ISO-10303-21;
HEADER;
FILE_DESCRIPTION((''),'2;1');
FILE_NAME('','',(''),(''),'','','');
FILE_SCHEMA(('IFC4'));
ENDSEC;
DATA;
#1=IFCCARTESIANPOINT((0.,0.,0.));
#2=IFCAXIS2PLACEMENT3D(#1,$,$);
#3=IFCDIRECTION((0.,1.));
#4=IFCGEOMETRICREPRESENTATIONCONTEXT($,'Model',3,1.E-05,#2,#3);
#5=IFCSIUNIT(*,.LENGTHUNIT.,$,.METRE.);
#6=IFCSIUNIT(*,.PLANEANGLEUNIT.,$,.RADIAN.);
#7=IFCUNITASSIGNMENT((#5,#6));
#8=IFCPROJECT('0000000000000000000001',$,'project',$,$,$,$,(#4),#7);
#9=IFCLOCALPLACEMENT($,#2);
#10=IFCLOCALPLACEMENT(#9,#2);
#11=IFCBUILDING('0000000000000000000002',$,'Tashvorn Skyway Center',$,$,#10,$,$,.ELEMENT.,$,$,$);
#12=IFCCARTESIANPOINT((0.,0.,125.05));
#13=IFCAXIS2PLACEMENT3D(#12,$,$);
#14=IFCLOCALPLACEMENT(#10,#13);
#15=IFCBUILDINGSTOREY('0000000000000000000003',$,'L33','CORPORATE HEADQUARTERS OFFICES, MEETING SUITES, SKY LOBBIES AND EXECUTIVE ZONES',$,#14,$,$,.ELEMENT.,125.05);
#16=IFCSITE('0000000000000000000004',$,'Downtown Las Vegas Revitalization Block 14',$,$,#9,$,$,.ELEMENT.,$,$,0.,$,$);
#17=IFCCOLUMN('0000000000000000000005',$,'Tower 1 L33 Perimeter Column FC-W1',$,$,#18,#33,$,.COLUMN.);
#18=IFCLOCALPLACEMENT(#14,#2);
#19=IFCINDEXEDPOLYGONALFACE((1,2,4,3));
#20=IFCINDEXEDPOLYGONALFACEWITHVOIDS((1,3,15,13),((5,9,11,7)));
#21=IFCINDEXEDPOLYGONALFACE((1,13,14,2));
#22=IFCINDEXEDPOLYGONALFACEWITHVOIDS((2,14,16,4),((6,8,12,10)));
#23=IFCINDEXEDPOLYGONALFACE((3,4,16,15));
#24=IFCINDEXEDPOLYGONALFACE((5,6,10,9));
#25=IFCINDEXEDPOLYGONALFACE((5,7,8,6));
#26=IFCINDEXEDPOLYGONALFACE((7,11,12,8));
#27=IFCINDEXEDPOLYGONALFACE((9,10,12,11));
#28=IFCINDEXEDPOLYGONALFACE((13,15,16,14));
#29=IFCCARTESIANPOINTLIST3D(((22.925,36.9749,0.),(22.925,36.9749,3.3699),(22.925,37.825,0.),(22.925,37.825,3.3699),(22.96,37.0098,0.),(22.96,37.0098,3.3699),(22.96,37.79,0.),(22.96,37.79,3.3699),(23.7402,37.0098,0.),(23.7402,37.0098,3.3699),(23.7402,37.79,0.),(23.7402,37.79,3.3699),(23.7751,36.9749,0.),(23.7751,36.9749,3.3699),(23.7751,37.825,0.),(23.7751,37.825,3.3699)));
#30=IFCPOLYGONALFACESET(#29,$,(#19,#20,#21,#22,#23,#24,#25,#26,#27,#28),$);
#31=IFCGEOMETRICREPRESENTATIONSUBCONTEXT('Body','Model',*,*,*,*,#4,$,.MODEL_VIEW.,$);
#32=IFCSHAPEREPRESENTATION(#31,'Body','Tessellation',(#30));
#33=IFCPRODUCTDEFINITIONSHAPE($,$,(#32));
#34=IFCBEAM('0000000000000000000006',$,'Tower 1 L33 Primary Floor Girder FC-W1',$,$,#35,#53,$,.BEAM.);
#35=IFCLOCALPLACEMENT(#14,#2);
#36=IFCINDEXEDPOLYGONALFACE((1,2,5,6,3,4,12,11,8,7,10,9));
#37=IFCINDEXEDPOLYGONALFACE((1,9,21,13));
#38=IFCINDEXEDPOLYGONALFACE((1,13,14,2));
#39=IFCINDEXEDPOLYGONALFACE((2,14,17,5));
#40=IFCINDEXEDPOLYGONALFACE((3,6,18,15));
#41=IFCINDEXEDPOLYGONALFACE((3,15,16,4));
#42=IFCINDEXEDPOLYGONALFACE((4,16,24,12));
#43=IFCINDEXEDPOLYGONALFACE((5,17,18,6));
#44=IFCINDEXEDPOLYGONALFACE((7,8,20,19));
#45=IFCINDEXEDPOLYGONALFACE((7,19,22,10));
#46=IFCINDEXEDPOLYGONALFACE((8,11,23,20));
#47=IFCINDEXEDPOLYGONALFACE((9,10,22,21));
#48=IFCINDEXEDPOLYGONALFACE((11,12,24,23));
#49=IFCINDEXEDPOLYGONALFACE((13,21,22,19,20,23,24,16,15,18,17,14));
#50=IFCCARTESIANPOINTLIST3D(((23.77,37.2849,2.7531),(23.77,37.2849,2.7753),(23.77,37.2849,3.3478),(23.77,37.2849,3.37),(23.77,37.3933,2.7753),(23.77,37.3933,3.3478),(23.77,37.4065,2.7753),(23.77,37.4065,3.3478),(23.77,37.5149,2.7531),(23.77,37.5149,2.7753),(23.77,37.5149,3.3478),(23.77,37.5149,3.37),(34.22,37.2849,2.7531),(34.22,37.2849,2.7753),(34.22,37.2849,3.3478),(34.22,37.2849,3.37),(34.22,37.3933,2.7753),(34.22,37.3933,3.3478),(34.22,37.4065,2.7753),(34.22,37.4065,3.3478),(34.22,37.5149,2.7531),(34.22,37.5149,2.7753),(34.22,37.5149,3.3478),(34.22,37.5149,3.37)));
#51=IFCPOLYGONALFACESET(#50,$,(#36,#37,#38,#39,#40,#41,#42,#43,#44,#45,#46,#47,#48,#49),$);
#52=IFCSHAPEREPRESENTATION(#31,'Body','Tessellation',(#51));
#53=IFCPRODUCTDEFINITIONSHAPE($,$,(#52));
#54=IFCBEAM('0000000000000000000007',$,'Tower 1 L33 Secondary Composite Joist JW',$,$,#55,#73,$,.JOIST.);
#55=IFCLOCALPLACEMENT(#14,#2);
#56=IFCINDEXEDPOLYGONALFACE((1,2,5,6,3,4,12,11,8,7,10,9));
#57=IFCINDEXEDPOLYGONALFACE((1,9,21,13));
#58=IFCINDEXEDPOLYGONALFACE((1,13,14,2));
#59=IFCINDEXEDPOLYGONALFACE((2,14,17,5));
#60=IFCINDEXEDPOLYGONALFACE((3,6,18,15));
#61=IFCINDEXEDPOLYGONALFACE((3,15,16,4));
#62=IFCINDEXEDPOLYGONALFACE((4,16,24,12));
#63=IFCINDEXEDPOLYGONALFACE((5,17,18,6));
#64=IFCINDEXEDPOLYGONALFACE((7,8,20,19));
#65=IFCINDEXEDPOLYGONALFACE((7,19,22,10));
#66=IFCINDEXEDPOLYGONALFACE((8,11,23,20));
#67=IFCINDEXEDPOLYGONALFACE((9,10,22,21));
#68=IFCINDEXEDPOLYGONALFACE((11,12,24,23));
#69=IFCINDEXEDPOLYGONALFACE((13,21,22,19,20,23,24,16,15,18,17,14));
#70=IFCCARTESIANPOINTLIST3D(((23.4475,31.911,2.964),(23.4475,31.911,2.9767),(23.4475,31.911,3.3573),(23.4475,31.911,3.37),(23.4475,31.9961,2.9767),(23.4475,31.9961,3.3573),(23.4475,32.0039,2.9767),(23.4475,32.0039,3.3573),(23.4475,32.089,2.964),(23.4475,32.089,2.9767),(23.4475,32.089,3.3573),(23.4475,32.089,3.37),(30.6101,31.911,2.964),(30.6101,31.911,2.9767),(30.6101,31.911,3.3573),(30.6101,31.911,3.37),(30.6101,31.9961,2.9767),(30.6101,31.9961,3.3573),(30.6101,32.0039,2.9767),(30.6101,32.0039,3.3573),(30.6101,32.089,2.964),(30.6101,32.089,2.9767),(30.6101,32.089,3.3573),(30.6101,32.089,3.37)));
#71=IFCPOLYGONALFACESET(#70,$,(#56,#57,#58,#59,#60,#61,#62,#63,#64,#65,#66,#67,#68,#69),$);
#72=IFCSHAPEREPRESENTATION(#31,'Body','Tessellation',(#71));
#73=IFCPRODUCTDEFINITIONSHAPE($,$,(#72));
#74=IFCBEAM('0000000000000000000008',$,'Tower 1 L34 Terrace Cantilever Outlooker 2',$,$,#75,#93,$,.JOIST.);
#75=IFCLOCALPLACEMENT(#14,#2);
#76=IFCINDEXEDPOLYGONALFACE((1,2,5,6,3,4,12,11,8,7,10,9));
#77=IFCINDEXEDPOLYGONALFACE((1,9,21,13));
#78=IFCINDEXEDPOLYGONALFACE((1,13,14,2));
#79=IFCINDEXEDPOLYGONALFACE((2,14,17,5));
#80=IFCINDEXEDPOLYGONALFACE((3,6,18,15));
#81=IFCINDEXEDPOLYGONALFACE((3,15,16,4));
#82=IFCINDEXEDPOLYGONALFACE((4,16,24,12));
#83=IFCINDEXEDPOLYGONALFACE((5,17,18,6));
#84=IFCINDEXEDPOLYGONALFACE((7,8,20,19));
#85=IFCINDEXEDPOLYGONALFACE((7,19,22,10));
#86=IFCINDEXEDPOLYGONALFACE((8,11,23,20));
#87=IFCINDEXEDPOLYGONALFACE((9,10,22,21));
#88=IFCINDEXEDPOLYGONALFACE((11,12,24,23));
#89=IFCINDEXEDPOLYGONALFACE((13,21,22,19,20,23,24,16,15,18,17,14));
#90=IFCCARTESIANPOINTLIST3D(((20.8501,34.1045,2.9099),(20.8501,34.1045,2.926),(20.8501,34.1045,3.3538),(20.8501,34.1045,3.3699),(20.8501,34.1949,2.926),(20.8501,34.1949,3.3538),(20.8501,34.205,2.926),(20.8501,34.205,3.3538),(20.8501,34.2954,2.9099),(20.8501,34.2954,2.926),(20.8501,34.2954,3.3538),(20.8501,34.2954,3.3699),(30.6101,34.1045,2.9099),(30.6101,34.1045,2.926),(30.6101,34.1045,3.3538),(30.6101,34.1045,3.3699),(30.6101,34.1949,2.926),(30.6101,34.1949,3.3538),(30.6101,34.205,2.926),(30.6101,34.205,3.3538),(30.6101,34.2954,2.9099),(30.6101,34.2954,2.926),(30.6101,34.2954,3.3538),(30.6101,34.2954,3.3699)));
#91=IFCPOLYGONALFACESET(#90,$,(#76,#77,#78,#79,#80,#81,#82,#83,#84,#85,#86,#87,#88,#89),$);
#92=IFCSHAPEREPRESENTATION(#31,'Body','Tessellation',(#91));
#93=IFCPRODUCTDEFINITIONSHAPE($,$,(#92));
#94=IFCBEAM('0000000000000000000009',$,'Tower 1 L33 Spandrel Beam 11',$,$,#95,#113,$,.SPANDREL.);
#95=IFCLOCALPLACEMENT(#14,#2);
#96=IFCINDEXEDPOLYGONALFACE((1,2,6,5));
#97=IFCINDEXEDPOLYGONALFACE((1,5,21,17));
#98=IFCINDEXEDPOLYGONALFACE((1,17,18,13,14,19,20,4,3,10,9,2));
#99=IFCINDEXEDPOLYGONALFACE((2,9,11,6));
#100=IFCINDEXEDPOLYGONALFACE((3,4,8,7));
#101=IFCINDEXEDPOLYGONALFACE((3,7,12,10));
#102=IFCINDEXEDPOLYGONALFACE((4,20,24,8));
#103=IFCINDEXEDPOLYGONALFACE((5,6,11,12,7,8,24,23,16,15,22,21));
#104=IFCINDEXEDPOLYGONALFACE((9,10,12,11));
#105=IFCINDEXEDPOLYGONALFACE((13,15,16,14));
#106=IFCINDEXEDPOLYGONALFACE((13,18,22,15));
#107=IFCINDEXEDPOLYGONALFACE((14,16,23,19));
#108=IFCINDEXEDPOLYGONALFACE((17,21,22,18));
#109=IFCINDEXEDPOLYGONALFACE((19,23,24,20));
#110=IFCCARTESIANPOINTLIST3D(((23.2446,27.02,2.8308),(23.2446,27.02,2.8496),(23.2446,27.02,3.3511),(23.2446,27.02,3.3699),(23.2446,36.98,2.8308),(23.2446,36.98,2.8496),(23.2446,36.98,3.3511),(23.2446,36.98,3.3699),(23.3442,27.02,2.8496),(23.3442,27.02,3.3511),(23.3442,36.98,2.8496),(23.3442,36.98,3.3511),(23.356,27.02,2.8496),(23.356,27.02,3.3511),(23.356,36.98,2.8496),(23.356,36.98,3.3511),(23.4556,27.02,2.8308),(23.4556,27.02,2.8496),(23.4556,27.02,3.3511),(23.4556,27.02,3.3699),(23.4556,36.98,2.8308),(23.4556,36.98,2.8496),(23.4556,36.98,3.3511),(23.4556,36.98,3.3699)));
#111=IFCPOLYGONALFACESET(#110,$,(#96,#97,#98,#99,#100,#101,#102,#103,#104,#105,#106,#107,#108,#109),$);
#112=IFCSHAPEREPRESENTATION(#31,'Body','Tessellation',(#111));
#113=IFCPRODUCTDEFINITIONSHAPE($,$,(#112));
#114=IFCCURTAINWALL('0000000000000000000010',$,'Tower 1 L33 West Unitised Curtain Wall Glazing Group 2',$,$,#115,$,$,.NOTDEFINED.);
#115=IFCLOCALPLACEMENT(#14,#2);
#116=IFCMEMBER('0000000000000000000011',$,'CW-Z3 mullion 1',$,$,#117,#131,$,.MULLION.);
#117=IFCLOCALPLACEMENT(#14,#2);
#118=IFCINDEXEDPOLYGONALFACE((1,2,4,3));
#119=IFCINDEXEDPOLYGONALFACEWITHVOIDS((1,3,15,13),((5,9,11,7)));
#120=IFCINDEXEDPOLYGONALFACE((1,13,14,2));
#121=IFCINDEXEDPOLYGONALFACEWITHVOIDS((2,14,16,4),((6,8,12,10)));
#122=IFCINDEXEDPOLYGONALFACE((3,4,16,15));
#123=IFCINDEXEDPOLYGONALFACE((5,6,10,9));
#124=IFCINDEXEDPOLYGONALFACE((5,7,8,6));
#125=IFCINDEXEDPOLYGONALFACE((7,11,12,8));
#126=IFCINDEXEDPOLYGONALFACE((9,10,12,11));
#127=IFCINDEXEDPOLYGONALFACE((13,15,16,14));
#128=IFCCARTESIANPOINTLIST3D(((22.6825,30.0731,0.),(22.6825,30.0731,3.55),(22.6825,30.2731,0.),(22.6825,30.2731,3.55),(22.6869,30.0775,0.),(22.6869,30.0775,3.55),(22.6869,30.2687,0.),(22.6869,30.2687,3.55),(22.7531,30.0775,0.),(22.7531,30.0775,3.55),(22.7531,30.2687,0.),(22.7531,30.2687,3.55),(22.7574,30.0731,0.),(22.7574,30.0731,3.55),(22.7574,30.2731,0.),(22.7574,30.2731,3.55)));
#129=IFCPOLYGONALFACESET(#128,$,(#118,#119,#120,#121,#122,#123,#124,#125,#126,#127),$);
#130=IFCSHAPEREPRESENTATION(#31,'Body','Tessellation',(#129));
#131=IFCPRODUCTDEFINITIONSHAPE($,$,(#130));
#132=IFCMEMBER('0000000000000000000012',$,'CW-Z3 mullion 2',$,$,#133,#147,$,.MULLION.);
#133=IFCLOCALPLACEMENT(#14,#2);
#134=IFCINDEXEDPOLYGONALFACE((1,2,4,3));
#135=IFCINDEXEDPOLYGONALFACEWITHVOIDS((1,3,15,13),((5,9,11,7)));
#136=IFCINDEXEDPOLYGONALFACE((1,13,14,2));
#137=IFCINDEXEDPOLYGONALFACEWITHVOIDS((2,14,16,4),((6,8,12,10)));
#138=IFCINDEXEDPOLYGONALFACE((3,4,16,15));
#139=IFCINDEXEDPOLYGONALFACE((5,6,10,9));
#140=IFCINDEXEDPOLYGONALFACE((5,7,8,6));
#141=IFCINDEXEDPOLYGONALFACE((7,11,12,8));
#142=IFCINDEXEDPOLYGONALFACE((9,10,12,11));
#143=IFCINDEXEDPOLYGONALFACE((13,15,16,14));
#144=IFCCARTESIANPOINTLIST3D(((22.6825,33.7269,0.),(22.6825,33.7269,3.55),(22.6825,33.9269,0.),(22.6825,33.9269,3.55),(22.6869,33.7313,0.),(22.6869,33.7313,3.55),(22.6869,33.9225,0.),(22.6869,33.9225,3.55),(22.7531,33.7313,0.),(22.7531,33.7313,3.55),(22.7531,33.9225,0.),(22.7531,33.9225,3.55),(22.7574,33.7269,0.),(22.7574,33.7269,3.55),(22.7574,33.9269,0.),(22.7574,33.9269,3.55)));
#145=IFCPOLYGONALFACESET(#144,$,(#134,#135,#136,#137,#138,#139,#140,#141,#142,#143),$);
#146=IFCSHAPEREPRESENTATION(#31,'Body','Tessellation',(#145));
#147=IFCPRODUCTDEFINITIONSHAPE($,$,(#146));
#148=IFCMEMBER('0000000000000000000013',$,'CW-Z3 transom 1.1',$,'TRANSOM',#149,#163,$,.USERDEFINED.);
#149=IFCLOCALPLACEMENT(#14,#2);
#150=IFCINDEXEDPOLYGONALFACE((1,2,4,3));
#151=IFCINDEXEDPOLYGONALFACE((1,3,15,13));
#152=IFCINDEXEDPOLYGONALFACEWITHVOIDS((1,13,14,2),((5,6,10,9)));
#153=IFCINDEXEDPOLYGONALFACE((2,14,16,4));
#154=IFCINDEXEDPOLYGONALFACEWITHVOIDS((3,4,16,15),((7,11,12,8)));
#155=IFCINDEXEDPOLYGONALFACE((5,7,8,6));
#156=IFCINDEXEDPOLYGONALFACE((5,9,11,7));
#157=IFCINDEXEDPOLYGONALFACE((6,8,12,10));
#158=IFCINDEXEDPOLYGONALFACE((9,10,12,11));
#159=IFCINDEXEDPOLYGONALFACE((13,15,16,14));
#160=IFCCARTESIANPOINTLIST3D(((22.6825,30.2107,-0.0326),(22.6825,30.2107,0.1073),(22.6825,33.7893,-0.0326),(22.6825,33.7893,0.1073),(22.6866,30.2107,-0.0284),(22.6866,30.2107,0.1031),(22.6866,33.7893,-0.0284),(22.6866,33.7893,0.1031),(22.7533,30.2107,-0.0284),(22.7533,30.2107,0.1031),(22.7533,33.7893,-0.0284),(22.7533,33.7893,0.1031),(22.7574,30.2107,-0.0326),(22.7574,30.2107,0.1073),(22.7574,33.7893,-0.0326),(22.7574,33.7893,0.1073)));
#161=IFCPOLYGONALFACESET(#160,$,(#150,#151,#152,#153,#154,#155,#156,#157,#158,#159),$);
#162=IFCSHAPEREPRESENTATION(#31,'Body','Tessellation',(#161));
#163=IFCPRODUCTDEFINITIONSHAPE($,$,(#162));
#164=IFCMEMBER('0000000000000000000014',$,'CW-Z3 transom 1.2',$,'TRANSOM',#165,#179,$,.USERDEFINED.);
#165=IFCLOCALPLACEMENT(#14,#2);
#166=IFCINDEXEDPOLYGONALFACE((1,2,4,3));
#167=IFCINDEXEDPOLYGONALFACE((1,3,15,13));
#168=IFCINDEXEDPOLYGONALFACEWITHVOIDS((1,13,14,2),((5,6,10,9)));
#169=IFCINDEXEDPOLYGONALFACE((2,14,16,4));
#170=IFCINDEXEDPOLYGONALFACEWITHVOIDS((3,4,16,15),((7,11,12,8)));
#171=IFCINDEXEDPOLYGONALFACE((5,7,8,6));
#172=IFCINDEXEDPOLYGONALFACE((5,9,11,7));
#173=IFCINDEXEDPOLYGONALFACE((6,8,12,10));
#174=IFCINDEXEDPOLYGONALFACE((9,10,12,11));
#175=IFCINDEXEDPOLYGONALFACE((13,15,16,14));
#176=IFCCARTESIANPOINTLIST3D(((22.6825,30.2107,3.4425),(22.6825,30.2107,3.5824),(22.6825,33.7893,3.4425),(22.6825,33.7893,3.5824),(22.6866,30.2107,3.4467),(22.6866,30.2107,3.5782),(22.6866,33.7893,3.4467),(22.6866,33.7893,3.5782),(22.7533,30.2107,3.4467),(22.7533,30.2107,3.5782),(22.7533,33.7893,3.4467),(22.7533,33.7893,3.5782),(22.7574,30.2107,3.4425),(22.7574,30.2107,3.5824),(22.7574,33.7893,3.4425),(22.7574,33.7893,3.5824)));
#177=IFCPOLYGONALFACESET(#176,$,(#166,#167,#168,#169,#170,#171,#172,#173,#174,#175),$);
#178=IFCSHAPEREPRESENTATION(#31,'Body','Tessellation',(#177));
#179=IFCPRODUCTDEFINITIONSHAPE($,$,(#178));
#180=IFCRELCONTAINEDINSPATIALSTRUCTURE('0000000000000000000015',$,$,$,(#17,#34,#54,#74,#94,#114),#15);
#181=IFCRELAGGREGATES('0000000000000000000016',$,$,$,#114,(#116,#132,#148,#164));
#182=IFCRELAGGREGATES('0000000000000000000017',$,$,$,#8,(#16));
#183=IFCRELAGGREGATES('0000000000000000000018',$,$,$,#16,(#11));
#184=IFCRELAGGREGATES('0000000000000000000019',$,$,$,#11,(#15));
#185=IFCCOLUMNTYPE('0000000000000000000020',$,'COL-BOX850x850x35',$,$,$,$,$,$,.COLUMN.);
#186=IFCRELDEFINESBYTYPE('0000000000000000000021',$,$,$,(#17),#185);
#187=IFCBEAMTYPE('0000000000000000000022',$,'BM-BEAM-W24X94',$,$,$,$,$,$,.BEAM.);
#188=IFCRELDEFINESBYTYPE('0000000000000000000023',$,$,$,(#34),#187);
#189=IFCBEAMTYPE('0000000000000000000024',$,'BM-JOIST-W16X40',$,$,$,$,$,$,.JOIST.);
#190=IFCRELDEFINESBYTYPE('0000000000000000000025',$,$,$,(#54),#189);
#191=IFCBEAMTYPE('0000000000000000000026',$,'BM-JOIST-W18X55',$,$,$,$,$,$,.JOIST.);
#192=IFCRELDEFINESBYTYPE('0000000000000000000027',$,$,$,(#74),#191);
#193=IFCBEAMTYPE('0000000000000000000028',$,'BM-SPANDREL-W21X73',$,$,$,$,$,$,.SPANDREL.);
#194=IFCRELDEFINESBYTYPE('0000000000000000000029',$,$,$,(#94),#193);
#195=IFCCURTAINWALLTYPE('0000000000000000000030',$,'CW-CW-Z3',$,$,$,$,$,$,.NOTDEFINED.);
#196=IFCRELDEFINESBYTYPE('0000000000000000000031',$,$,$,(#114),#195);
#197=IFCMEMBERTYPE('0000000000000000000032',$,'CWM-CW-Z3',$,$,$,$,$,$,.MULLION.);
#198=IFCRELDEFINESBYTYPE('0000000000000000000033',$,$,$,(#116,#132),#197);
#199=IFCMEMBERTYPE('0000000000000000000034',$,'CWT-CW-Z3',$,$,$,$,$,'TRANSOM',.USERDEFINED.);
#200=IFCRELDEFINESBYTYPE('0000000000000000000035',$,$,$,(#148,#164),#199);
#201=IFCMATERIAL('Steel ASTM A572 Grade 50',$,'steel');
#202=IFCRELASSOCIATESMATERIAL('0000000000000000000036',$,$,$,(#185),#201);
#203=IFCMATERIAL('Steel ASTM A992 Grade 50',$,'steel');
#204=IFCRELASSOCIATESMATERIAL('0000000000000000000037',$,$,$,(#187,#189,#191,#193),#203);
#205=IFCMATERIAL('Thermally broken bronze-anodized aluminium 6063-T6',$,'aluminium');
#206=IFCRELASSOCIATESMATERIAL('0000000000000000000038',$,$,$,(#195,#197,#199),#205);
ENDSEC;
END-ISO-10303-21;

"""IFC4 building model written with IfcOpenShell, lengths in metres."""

from ifc_helpers import new_model, si_unit, direction, frame, origin, origin_2d, place, context, subcontext, project, spatial, hollow_rectangle, i_section, extrude, material, material_profile, profile_set, type_object, element, aggregate, save


model = new_model("IFC4")

# Units and contexts
model_context = context("Model", 3, precision=1e-05, world=origin(), true_north=direction((0.0, 1.0)))
body_context = subcontext(model_context, "Body", "Model", "MODEL_VIEW")
ifc_project = project(units=[si_unit("LENGTHUNIT", "METRE"), si_unit("PLANEANGLEUNIT", "RADIAN")], contexts=[model_context])

# Site, building, storey
site_placement = place(None, origin())
site = spatial("IfcSite", under=ifc_project, at=site_placement, Name="Downtown Las Vegas Revitalization Block 14", CompositionType="ELEMENT", RefElevation=0.0)
building_placement = place(site_placement, origin())
building = spatial("IfcBuilding", under=site, at=building_placement, Name="Tashvorn Skyway Center", CompositionType="ELEMENT")
storey_placement = place(building_placement, frame((0.0, 0.0, 125.05)))
storey = spatial("IfcBuildingStorey", under=building, at=storey_placement, Name="L33", Description="CORPORATE HEADQUARTERS OFFICES, MEETING SUITES, SKY LOBBIES AND EXECUTIVE ZONES", CompositionType="ELEMENT", Elevation=125.05)

# Column
ifc_material_1 = material(Name="Steel ASTM A572 Grade 50", Category="steel")
ifc_material_profile_1 = material_profile(ifc_material_1, hollow_rectangle(XDim=0.8501, YDim=0.8501, WallThickness=0.0349, at=origin_2d()), Name="BOX850x850x35")
ifc_profile_set_1 = profile_set([ifc_material_profile_1], Name="Steel ASTM A572 Grade 50")
column_type = type_object("IfcColumnType", Name="COL-BOX850x850x35", PredefinedType="COLUMN", material=ifc_profile_set_1)
column_placement = place(storey_placement, frame((23.3501, 37.3999, 0.0), z_axis=(0.0, 0.0, 1.0), x_axis=(1.0, 0.0, 0.0)))
element("IfcColumn", 1, at=column_placement, inside=storey, type_object=column_type, Name="Tower 1 L33 Perimeter Column FC-W1", PredefinedType="COLUMN", context=body_context, shape_type="SweptSolid", body=[
    extrude(hollow_rectangle(XDim=0.8501, YDim=0.8501, WallThickness=0.0349, at=origin_2d()), origin(), (0.0, 0.0, 1.0), 3.3699),
])

# Beams
ifc_material_2 = material(Name="Steel ASTM A992 Grade 50", Category="steel")
ifc_material_profile_2 = material_profile(ifc_material_2, i_section(OverallWidth=0.23, OverallDepth=0.6169, WebThickness=0.0132, FlangeThickness=0.0222, at=origin_2d()), Name="W24X94")
ifc_profile_set_2 = profile_set([ifc_material_profile_2], Name="Steel ASTM A992 Grade 50")
beam_type_1 = type_object("IfcBeamType", Name="BM-BEAM-W24X94", PredefinedType="BEAM", material=ifc_profile_set_2)
beam_1_placement = place(storey_placement, frame((23.77, 37.3999, 3.0615), z_axis=(1.0, 0.0, 0.0), x_axis=(0.0, 1.0, 0.0)))
element("IfcBeam", 2, at=beam_1_placement, inside=storey, type_object=beam_type_1, Name="Tower 1 L33 Primary Floor Girder FC-W1", PredefinedType="BEAM", context=body_context, shape_type="SweptSolid", body=[
    extrude(i_section(OverallWidth=0.23, OverallDepth=0.6169, WebThickness=0.0132, FlangeThickness=0.0222, at=origin_2d()), origin(), (0.0, 0.0, 1.0), 10.45),
])
ifc_material_profile_3 = material_profile(ifc_material_2, i_section(OverallWidth=0.178, OverallDepth=0.406, WebThickness=0.0078, FlangeThickness=0.0127, at=origin_2d()), Name="W16X40")
ifc_profile_set_3 = profile_set([ifc_material_profile_3], Name="Steel ASTM A992 Grade 50")
beam_type_2 = type_object("IfcBeamType", Name="BM-JOIST-W16X40", PredefinedType="JOIST", material=ifc_profile_set_3)
beam_2_placement = place(storey_placement, frame((30.6101, 32.0, 3.167), z_axis=(-1.0, 0.0, 0.0), x_axis=(0.0, -1.0, 0.0)))
element("IfcBeam", 3, at=beam_2_placement, inside=storey, type_object=beam_type_2, Name="Tower 1 L33 Secondary Composite Joist JW", PredefinedType="JOIST", context=body_context, shape_type="SweptSolid", body=[
    extrude(i_section(OverallWidth=0.178, OverallDepth=0.406, WebThickness=0.0078, FlangeThickness=0.0127, at=origin_2d()), origin(), (0.0, 0.0, 1.0), 7.1626),
])
ifc_material_profile_4 = material_profile(ifc_material_2, i_section(OverallWidth=0.1909, OverallDepth=0.46, WebThickness=0.01, FlangeThickness=0.0161, at=origin_2d()), Name="W18X55")
ifc_profile_set_4 = profile_set([ifc_material_profile_4], Name="Steel ASTM A992 Grade 50")
beam_type_3 = type_object("IfcBeamType", Name="BM-JOIST-W18X55", PredefinedType="JOIST", material=ifc_profile_set_4)
beam_3_placement = place(storey_placement, frame((30.6101, 34.2, 3.1399), z_axis=(-1.0, 0.0, 0.0), x_axis=(0.0, -1.0, 0.0)))
element("IfcBeam", 4, at=beam_3_placement, inside=storey, type_object=beam_type_3, Name="Tower 1 L34 Terrace Cantilever Outlooker 2", PredefinedType="JOIST", context=body_context, shape_type="SweptSolid", body=[
    extrude(i_section(OverallWidth=0.1909, OverallDepth=0.46, WebThickness=0.01, FlangeThickness=0.0161, at=origin_2d()), origin(), (0.0, 0.0, 1.0), 9.76),
])
ifc_material_profile_5 = material_profile(ifc_material_2, i_section(OverallWidth=0.2109, OverallDepth=0.5391, WebThickness=0.0117, FlangeThickness=0.0188, at=origin_2d()), Name="W21X73")
ifc_profile_set_5 = profile_set([ifc_material_profile_5], Name="Steel ASTM A992 Grade 50")
beam_type_4 = type_object("IfcBeamType", Name="BM-SPANDREL-W21X73", PredefinedType="SPANDREL", material=ifc_profile_set_5)
beam_4_placement = place(storey_placement, frame((23.3501, 36.98, 3.1003), z_axis=(0.0, -1.0, 0.0), x_axis=(1.0, 0.0, 0.0)))
element("IfcBeam", 5, at=beam_4_placement, inside=storey, type_object=beam_type_4, Name="Tower 1 L33 Spandrel Beam 11", PredefinedType="SPANDREL", context=body_context, shape_type="SweptSolid", body=[
    extrude(i_section(OverallWidth=0.2109, OverallDepth=0.5391, WebThickness=0.0117, FlangeThickness=0.0188, at=origin_2d()), origin(), (0.0, 0.0, 1.0), 9.96),
])

# Curtain wall, members
ifc_material_3 = material(Name="Thermally broken bronze-anodized aluminium 6063-T6", Category="aluminium")
curtain_wall_type = type_object("IfcCurtainWallType", Name="CW-CW-Z3", PredefinedType="NOTDEFINED", material=ifc_material_3)
curtain_wall_placement = place(storey_placement, origin())
curtain_wall = element("IfcCurtainWall", 6, at=curtain_wall_placement, inside=storey, type_object=curtain_wall_type, Name="Tower 1 L33 West Unitised Curtain Wall Glazing Group 2", PredefinedType="NOTDEFINED")
ifc_material_profile_6 = material_profile(ifc_material_3, hollow_rectangle(XDim=0.075, YDim=0.2, WallThickness=0.0044, at=origin_2d()), Name="ALU-MULL-75x200")
ifc_profile_set_6 = profile_set([ifc_material_profile_6], Name="Thermally broken bronze-anodized aluminium 6063-T6")
member_type_1 = type_object("IfcMemberType", Name="CWM-CW-Z3", PredefinedType="MULLION", material=ifc_profile_set_6)
member_1_placement = place(storey_placement, frame((22.72, 30.1731, 0.0), z_axis=(0.0, 0.0, 1.0), x_axis=(-1.0, 0.0, 0.0)))
member_1 = element("IfcMember", 7, at=member_1_placement, type_object=member_type_1, Name="CW-Z3 mullion 1", PredefinedType="MULLION", context=body_context, shape_type="SweptSolid", body=[
    extrude(hollow_rectangle(XDim=0.075, YDim=0.2, WallThickness=0.0044, at=origin_2d()), origin(), (0.0, 0.0, 1.0), 3.55),
])
member_2_placement = place(storey_placement, frame((22.72, 33.8269, 0.0), z_axis=(0.0, 0.0, 1.0), x_axis=(-1.0, 0.0, 0.0)))
member_2 = element("IfcMember", 8, at=member_2_placement, type_object=member_type_1, Name="CW-Z3 mullion 2", PredefinedType="MULLION", context=body_context, shape_type="SweptSolid", body=[
    extrude(hollow_rectangle(XDim=0.075, YDim=0.2, WallThickness=0.0044, at=origin_2d()), origin(), (0.0, 0.0, 1.0), 3.55),
])
ifc_material_profile_7 = material_profile(ifc_material_3, hollow_rectangle(XDim=0.075, YDim=0.1399, WallThickness=0.0042, at=origin_2d()), Name="ALU-TRAN-75x140")
ifc_profile_set_7 = profile_set([ifc_material_profile_7], Name="Thermally broken bronze-anodized aluminium 6063-T6")
member_type_2 = type_object("IfcMemberType", Name="CWT-CW-Z3", ElementType="TRANSOM", PredefinedType="USERDEFINED", material=ifc_profile_set_7)
member_3_placement = place(storey_placement, frame((22.72, 30.2107, 0.0374), z_axis=(0.0, 1.0, 0.0), x_axis=(-1.0, 0.0, 0.0)))
member_3 = element("IfcMember", 9, at=member_3_placement, type_object=member_type_2, Name="CW-Z3 transom 1.1", ObjectType="TRANSOM", PredefinedType="USERDEFINED", context=body_context, shape_type="SweptSolid", body=[
    extrude(hollow_rectangle(XDim=0.075, YDim=0.1399, WallThickness=0.0042, at=origin_2d()), origin(), (0.0, 0.0, 1.0), 3.5786),
])
member_4_placement = place(storey_placement, frame((22.72, 30.2107, 3.5125), z_axis=(0.0, 1.0, 0.0), x_axis=(-1.0, 0.0, 0.0)))
member_4 = element("IfcMember", 10, at=member_4_placement, type_object=member_type_2, Name="CW-Z3 transom 1.2", ObjectType="TRANSOM", PredefinedType="USERDEFINED", context=body_context, shape_type="SweptSolid", body=[
    extrude(hollow_rectangle(XDim=0.075, YDim=0.1399, WallThickness=0.0042, at=origin_2d()), origin(), (0.0, 0.0, 1.0), 3.5786),
])
aggregate(curtain_wall, [member_1, member_2, member_3, member_4])

save(model, "model.ifc")
